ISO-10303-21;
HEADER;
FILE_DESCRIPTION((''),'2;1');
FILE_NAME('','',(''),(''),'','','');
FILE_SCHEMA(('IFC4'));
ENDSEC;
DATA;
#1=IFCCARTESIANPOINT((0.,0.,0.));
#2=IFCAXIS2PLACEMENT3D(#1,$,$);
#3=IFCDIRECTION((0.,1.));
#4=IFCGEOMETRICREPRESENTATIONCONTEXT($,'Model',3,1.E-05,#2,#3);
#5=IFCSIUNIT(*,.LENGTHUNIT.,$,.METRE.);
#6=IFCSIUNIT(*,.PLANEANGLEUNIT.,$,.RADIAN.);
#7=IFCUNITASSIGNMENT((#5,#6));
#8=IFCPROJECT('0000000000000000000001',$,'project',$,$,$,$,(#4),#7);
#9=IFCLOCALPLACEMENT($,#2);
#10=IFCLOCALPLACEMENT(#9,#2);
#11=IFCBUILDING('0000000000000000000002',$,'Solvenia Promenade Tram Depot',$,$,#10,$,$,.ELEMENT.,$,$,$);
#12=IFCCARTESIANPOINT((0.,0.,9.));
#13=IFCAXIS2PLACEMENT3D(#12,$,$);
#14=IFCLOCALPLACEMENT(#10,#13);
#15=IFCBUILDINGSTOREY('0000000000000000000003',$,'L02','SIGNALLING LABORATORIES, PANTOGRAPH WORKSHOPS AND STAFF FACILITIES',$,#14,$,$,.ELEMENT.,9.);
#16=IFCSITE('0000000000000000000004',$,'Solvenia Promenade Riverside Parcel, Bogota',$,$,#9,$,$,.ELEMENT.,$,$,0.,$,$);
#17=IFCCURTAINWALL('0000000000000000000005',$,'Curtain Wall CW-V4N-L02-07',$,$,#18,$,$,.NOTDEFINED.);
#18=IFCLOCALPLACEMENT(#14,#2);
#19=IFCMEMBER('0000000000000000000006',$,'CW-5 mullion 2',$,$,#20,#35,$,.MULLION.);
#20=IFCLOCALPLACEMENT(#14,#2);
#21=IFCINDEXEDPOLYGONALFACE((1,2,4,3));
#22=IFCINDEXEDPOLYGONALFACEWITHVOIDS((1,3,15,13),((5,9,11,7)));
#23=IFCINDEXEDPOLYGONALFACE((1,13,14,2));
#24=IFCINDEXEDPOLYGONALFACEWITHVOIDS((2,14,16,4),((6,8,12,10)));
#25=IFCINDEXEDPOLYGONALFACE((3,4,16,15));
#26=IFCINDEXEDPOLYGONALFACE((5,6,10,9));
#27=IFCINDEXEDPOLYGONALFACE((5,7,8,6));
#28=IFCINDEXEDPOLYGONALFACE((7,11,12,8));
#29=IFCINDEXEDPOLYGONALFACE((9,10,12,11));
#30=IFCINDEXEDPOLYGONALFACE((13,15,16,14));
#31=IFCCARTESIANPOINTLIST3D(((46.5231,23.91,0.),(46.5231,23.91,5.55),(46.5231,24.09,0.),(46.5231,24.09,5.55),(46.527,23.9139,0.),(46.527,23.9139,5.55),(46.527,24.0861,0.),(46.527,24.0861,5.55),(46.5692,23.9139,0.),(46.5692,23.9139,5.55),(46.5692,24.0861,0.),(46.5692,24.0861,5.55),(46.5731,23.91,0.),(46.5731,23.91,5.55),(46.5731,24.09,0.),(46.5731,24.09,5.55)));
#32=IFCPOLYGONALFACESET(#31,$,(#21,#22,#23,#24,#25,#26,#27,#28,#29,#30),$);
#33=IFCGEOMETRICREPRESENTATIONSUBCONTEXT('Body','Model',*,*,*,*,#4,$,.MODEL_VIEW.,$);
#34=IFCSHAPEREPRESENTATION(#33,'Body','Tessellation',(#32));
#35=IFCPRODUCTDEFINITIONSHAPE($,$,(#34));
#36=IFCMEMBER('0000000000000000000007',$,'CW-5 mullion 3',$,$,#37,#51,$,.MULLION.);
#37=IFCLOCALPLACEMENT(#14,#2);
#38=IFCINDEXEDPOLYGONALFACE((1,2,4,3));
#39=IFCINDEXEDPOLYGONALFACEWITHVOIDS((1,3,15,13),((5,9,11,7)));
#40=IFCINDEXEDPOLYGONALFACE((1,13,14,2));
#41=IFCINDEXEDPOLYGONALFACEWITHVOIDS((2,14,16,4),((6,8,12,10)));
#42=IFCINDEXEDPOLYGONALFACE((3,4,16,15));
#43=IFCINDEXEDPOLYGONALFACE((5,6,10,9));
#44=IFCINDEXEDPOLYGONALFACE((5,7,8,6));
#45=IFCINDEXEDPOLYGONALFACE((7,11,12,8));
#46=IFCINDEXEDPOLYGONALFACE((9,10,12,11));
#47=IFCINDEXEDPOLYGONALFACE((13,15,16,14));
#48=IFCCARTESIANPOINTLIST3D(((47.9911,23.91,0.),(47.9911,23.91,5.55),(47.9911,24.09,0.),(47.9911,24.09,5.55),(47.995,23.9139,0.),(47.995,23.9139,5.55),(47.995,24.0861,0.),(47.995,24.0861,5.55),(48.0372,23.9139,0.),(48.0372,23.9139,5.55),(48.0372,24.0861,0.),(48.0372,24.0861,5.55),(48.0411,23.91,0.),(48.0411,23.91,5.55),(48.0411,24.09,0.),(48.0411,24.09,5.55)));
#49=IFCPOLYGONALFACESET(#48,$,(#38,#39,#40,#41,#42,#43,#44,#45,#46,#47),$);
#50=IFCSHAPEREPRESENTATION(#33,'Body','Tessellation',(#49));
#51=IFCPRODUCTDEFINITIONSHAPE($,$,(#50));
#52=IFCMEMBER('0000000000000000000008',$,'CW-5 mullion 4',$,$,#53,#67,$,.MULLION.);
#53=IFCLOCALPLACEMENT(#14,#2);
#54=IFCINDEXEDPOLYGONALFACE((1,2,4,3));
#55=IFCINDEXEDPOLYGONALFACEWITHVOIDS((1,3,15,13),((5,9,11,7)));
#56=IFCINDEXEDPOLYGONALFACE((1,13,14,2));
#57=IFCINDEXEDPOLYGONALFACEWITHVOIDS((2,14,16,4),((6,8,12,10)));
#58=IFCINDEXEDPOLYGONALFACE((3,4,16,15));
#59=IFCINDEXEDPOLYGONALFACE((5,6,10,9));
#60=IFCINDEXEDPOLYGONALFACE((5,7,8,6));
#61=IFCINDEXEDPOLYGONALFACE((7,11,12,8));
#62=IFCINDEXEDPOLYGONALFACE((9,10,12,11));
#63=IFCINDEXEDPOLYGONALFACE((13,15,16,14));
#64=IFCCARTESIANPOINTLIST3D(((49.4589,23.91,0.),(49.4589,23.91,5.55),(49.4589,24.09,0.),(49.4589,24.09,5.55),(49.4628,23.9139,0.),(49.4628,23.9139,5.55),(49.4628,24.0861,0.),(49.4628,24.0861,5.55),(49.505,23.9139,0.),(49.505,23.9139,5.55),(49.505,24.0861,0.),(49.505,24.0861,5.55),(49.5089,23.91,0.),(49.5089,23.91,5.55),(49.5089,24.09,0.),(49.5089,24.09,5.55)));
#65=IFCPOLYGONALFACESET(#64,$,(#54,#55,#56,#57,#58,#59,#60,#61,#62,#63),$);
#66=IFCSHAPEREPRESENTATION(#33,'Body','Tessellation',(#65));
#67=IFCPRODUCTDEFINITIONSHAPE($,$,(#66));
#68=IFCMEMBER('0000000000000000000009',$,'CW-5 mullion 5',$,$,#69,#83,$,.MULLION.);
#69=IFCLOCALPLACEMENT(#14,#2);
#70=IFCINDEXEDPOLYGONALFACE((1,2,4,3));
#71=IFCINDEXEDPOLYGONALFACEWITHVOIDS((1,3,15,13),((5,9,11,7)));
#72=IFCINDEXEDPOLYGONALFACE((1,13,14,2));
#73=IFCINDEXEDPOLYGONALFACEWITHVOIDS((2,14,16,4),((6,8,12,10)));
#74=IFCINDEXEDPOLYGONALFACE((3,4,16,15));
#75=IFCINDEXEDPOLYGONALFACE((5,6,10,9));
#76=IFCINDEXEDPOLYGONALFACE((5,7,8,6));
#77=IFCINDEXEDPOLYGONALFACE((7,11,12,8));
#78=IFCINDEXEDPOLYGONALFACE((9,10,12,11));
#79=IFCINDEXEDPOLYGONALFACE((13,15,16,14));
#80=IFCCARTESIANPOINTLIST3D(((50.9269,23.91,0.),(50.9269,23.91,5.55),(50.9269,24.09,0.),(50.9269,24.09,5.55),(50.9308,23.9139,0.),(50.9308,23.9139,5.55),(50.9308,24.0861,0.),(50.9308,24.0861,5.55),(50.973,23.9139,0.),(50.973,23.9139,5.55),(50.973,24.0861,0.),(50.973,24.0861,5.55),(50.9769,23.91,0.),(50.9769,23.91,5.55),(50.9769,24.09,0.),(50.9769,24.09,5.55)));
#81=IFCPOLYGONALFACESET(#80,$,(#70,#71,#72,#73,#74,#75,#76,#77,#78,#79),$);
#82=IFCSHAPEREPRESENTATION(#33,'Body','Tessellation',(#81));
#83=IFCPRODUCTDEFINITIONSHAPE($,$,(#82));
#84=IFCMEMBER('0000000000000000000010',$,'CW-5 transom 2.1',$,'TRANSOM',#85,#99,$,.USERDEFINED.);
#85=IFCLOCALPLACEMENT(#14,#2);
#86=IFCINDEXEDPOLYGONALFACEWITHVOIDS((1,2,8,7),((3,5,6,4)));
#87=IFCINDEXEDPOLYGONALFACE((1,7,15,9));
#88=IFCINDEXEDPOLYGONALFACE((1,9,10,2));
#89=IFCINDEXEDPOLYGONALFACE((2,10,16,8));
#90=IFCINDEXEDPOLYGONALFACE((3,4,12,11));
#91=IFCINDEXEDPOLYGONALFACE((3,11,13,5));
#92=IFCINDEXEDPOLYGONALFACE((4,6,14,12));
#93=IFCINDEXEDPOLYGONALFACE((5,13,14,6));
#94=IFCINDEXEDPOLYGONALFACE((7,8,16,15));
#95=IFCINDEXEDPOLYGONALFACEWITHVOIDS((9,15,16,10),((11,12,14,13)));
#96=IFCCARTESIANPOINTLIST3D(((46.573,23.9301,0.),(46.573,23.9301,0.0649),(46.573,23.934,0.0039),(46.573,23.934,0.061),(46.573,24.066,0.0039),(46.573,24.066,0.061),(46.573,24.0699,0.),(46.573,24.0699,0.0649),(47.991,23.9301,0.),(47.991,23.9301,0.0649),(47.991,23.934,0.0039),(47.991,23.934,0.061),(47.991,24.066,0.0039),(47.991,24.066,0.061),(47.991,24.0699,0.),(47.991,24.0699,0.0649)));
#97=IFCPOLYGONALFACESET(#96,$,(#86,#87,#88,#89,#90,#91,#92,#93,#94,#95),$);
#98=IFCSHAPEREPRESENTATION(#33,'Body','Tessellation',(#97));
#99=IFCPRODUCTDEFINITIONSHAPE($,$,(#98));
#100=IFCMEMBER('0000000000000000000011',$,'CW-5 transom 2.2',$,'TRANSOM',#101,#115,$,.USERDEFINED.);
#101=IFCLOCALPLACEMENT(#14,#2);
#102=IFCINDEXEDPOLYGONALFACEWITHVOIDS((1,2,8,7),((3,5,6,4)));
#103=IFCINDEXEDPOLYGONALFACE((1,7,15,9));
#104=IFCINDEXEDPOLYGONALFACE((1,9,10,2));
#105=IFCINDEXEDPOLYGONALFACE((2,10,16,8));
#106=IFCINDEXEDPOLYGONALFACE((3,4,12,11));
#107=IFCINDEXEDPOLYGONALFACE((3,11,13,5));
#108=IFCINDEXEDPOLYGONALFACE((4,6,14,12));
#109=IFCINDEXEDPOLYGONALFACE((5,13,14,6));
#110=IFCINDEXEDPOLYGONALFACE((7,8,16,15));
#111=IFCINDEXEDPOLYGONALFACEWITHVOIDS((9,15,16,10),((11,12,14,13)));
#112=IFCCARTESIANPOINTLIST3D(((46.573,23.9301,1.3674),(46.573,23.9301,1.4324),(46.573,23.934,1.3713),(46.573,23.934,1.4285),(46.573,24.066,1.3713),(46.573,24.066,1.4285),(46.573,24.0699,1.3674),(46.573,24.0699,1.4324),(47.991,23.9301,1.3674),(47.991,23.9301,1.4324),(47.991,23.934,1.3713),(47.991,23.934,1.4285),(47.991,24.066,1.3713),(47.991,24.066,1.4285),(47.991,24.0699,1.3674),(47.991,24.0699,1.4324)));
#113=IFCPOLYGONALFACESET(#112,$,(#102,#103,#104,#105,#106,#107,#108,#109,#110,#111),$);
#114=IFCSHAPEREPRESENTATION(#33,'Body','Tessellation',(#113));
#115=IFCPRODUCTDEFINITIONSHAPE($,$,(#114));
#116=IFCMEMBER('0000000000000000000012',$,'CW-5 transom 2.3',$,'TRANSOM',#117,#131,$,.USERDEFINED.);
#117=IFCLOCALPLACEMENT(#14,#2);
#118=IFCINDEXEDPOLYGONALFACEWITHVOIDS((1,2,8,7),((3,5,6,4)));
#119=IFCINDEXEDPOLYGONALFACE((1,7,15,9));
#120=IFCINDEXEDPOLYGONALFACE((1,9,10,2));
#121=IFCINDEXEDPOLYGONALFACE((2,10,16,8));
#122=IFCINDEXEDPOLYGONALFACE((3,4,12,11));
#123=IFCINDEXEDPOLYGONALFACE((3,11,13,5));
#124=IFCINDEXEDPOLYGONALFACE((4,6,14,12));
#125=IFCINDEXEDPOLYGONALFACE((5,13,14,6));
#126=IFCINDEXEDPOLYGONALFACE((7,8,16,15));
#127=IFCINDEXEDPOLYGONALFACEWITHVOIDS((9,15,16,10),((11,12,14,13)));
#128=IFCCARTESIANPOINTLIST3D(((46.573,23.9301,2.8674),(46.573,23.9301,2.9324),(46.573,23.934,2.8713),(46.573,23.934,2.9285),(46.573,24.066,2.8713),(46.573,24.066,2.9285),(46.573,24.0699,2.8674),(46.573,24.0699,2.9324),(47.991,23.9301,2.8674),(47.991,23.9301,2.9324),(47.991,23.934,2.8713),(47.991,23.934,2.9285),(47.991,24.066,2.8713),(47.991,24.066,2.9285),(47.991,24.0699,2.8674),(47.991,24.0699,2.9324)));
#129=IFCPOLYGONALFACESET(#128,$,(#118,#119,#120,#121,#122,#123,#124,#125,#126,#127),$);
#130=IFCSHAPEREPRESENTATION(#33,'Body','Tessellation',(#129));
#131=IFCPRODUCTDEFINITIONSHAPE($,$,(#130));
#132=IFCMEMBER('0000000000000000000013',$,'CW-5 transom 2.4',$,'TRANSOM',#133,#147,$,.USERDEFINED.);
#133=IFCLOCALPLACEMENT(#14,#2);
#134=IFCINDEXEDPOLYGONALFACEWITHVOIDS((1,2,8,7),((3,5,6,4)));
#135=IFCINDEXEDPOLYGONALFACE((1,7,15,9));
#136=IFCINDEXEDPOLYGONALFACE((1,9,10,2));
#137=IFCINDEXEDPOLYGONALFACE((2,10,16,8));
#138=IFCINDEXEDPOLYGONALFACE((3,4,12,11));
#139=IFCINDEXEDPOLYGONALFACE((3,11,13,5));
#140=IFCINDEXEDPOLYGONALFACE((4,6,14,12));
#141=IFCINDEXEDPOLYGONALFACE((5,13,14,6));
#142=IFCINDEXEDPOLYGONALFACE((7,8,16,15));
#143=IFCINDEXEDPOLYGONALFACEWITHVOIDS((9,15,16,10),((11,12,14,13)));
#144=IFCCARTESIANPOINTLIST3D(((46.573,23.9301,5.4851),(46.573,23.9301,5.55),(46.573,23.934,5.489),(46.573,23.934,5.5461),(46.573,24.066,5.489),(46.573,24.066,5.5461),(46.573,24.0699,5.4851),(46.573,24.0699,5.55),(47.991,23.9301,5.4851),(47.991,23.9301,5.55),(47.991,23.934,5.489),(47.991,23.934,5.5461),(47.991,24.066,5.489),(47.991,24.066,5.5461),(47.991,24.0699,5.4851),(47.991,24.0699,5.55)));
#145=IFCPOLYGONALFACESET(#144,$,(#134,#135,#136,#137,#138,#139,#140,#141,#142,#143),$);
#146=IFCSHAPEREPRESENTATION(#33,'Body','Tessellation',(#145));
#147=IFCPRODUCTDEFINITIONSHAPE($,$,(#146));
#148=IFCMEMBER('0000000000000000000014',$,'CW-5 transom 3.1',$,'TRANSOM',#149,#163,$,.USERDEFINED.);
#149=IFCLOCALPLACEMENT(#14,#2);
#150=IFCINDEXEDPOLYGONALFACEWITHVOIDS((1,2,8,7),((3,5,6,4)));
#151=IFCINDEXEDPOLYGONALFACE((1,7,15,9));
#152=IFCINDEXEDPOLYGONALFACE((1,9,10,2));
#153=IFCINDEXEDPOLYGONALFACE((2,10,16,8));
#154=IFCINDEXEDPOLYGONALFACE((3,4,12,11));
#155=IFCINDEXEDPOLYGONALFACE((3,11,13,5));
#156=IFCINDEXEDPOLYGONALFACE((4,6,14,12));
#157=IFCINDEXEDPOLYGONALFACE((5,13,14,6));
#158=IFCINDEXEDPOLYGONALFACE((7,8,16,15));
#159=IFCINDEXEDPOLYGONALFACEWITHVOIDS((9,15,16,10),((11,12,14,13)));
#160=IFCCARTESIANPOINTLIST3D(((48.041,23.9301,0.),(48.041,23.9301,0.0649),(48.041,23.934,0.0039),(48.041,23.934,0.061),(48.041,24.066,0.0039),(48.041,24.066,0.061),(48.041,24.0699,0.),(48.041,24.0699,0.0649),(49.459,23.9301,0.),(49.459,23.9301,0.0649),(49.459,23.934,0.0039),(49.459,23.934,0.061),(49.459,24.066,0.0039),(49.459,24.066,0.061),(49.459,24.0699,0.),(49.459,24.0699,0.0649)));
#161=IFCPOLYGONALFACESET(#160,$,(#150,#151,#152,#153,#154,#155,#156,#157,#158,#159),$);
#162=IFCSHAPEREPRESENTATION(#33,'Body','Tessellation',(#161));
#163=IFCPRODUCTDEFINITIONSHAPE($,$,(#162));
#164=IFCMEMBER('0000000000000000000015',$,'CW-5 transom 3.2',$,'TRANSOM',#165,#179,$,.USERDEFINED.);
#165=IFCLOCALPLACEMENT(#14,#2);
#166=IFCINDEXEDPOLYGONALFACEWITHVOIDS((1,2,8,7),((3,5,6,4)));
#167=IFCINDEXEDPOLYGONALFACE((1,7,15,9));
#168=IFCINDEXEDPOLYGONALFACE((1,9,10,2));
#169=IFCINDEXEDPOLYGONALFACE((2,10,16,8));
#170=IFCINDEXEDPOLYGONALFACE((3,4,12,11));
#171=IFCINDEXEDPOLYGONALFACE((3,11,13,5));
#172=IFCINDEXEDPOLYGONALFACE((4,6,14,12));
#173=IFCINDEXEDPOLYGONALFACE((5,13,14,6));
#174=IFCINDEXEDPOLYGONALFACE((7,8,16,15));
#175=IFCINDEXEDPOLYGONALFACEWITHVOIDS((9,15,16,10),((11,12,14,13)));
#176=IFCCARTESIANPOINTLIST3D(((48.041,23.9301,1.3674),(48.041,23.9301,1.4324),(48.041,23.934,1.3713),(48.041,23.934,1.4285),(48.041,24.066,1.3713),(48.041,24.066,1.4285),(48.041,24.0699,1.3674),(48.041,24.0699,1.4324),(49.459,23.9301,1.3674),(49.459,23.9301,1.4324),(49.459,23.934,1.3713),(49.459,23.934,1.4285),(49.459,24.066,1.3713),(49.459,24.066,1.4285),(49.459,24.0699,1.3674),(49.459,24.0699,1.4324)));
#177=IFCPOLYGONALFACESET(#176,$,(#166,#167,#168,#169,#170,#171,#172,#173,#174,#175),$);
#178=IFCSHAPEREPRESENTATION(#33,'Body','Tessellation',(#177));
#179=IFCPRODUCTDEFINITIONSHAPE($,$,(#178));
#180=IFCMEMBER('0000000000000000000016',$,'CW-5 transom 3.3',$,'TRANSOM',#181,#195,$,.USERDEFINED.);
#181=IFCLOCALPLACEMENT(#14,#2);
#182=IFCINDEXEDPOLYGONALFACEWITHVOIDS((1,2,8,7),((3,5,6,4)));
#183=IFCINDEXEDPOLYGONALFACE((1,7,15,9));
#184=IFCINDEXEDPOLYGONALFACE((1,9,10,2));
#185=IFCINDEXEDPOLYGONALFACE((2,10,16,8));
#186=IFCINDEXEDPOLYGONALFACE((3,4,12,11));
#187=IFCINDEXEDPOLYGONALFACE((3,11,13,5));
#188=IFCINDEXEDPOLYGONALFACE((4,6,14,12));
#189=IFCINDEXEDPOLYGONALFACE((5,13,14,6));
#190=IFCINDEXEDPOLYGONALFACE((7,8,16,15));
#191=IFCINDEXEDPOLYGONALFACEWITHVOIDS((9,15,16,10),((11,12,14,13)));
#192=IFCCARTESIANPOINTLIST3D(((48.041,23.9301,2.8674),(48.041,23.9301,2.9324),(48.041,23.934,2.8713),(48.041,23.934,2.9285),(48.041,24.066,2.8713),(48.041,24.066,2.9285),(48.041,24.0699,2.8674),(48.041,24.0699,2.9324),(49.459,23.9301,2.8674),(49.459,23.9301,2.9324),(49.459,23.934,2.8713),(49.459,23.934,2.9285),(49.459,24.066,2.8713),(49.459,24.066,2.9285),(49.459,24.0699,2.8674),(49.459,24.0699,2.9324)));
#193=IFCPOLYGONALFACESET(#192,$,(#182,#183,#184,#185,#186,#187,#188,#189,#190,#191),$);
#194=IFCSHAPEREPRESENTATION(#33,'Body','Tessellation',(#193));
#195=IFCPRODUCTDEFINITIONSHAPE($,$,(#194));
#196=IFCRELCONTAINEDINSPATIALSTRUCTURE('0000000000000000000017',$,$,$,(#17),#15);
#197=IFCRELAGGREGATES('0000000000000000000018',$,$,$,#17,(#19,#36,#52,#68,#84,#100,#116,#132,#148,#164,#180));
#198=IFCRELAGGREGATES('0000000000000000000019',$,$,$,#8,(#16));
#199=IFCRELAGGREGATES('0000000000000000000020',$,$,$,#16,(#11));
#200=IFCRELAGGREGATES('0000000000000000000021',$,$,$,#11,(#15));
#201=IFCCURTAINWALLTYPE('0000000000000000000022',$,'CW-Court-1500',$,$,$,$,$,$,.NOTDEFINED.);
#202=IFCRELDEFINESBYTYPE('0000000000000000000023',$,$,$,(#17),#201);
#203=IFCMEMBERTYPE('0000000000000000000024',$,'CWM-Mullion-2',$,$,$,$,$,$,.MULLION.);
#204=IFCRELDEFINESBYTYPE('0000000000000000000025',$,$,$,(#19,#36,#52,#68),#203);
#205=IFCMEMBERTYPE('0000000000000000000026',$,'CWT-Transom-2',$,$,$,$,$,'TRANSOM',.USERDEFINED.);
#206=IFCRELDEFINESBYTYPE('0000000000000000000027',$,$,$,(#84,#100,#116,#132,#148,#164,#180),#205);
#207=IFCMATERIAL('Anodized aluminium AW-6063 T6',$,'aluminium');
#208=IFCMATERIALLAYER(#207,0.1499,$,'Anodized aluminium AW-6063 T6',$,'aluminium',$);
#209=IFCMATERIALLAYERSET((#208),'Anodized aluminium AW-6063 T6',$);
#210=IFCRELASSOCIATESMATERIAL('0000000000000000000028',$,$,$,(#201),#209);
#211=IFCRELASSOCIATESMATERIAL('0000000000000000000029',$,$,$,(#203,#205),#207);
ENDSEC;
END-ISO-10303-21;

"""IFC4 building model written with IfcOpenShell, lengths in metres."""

from ifc_helpers import new_model, si_unit, direction, frame, origin, origin_2d, place, context, subcontext, project, spatial, hollow_rectangle, extrude, material, layer, layer_set, material_profile, profile_set, type_object, element, aggregate, save


model = new_model("IFC4")

# Units and contexts
model_context = context("Model", 3, precision=1e-05, world=origin(), true_north=direction((0.0, 1.0)))
body_context = subcontext(model_context, "Body", "Model", "MODEL_VIEW")
ifc_project = project(units=[si_unit("LENGTHUNIT", "METRE"), si_unit("PLANEANGLEUNIT", "RADIAN")], contexts=[model_context])

# Site, building, storey
site_placement = place(None, origin())
site = spatial("IfcSite", under=ifc_project, at=site_placement, Name="Solvenia Promenade Riverside Parcel, Bogota", CompositionType="ELEMENT", RefElevation=0.0)
building_placement = place(site_placement, origin())
building = spatial("IfcBuilding", under=site, at=building_placement, Name="Solvenia Promenade Tram Depot", CompositionType="ELEMENT")
storey_placement = place(building_placement, frame((0.0, 0.0, 9.0)))
storey = spatial("IfcBuildingStorey", under=building, at=storey_placement, Name="L02", Description="SIGNALLING LABORATORIES, PANTOGRAPH WORKSHOPS AND STAFF FACILITIES", CompositionType="ELEMENT", Elevation=9.0)

# Curtain wall, members
ifc_material_1 = material(Name="Anodized aluminium AW-6063 T6", Category="aluminium")
ifc_layer_1 = layer(ifc_material_1, 0.1499, Name="Anodized aluminium AW-6063 T6", Category="aluminium")
ifc_layer_set_1 = layer_set([ifc_layer_1], Name="Anodized aluminium AW-6063 T6")
curtain_wall_type = type_object("IfcCurtainWallType", Name="CW-Court-1500", PredefinedType="NOTDEFINED", material=ifc_layer_set_1)
curtain_wall_placement = place(storey_placement, origin())
curtain_wall = element("IfcCurtainWall", 1, at=curtain_wall_placement, inside=storey, type_object=curtain_wall_type, Name="Curtain Wall CW-V4N-L02-07", PredefinedType="NOTDEFINED")
ifc_material_profile_1 = material_profile(ifc_material_1, hollow_rectangle(XDim=0.1799, YDim=0.05, WallThickness=0.0039, at=origin_2d()), Name="ALU-M2", Category="aluminium")
ifc_profile_set_1 = profile_set([ifc_material_profile_1], Name="Anodized aluminium AW-6063 T6")
member_type_1 = type_object("IfcMemberType", Name="CWM-Mullion-2", PredefinedType="MULLION", material=ifc_profile_set_1)
member_1_placement = place(storey_placement, frame((46.5481, 24.0, 0.0), z_axis=(0.0, 0.0, 1.0), x_axis=(0.0, 1.0, 0.0)))
member_1 = element("IfcMember", 2, at=member_1_placement, type_object=member_type_1, Name="CW-5 mullion 2", PredefinedType="MULLION", context=body_context, shape_type="SweptSolid", body=[
    extrude(hollow_rectangle(XDim=0.1799, YDim=0.05, WallThickness=0.0039, at=origin_2d()), origin(), (0.0, 0.0, 1.0), 5.55),
])
member_2_placement = place(storey_placement, frame((48.0161, 24.0, 0.0), z_axis=(0.0, 0.0, 1.0), x_axis=(0.0, 1.0, 0.0)))
member_2 = element("IfcMember", 3, at=member_2_placement, type_object=member_type_1, Name="CW-5 mullion 3", PredefinedType="MULLION", context=body_context, shape_type="SweptSolid", body=[
    extrude(hollow_rectangle(XDim=0.1799, YDim=0.05, WallThickness=0.0039, at=origin_2d()), origin(), (0.0, 0.0, 1.0), 5.55),
])
member_3_placement = place(storey_placement, frame((49.4839, 24.0, 0.0), z_axis=(0.0, 0.0, 1.0), x_axis=(0.0, 1.0, 0.0)))
member_3 = element("IfcMember", 4, at=member_3_placement, type_object=member_type_1, Name="CW-5 mullion 4", PredefinedType="MULLION", context=body_context, shape_type="SweptSolid", body=[
    extrude(hollow_rectangle(XDim=0.1799, YDim=0.05, WallThickness=0.0039, at=origin_2d()), origin(), (0.0, 0.0, 1.0), 5.55),
])
member_4_placement = place(storey_placement, frame((50.9519, 24.0, 0.0), z_axis=(0.0, 0.0, 1.0), x_axis=(0.0, 1.0, 0.0)))
member_4 = element("IfcMember", 5, at=member_4_placement, type_object=member_type_1, Name="CW-5 mullion 5", PredefinedType="MULLION", context=body_context, shape_type="SweptSolid", body=[
    extrude(hollow_rectangle(XDim=0.1799, YDim=0.05, WallThickness=0.0039, at=origin_2d()), origin(), (0.0, 0.0, 1.0), 5.55),
])
ifc_material_profile_2 = material_profile(ifc_material_1, hollow_rectangle(XDim=0.1399, YDim=0.0649, WallThickness=0.0039, at=origin_2d()), Name="ALU-T2", Category="aluminium")
ifc_profile_set_2 = profile_set([ifc_material_profile_2], Name="Anodized aluminium AW-6063 T6")
member_type_2 = type_object("IfcMemberType", Name="CWT-Transom-2", ElementType="TRANSOM", PredefinedType="USERDEFINED", material=ifc_profile_set_2)
member_5_placement = place(storey_placement, frame((46.573, 24.0, 0.0325), z_axis=(1.0, 0.0, 0.0), x_axis=(0.0, 1.0, 0.0)))
member_5 = element("IfcMember", 6, at=member_5_placement, type_object=member_type_2, Name="CW-5 transom 2.1", ObjectType="TRANSOM", PredefinedType="USERDEFINED", context=body_context, shape_type="SweptSolid", body=[
    extrude(hollow_rectangle(XDim=0.1399, YDim=0.0649, WallThickness=0.0039, at=origin_2d()), origin(), (0.0, 0.0, 1.0), 1.418),
])
member_6_placement = place(storey_placement, frame((46.573, 24.0, 1.3999), z_axis=(1.0, 0.0, 0.0), x_axis=(0.0, 1.0, 0.0)))
member_6 = element("IfcMember", 7, at=member_6_placement, type_object=member_type_2, Name="CW-5 transom 2.2", ObjectType="TRANSOM", PredefinedType="USERDEFINED", context=body_context, shape_type="SweptSolid", body=[
    extrude(hollow_rectangle(XDim=0.1399, YDim=0.0649, WallThickness=0.0039, at=origin_2d()), origin(), (0.0, 0.0, 1.0), 1.418),
])
member_7_placement = place(storey_placement, frame((46.573, 24.0, 2.8999), z_axis=(1.0, 0.0, 0.0), x_axis=(0.0, 1.0, 0.0)))
member_7 = element("IfcMember", 8, at=member_7_placement, type_object=member_type_2, Name="CW-5 transom 2.3", ObjectType="TRANSOM", PredefinedType="USERDEFINED", context=body_context, shape_type="SweptSolid", body=[
    extrude(hollow_rectangle(XDim=0.1399, YDim=0.0649, WallThickness=0.0039, at=origin_2d()), origin(), (0.0, 0.0, 1.0), 1.418),
])
member_8_placement = place(storey_placement, frame((46.573, 24.0, 5.5176), z_axis=(1.0, 0.0, 0.0), x_axis=(0.0, 1.0, 0.0)))
member_8 = element("IfcMember", 9, at=member_8_placement, type_object=member_type_2, Name="CW-5 transom 2.4", ObjectType="TRANSOM", PredefinedType="USERDEFINED", context=body_context, shape_type="SweptSolid", body=[
    extrude(hollow_rectangle(XDim=0.1399, YDim=0.0649, WallThickness=0.0039, at=origin_2d()), origin(), (0.0, 0.0, 1.0), 1.418),
])
member_9_placement = place(storey_placement, frame((48.041, 24.0, 0.0325), z_axis=(1.0, 0.0, 0.0), x_axis=(0.0, 1.0, 0.0)))
member_9 = element("IfcMember", 10, at=member_9_placement, type_object=member_type_2, Name="CW-5 transom 3.1", ObjectType="TRANSOM", PredefinedType="USERDEFINED", context=body_context, shape_type="SweptSolid", body=[
    extrude(hollow_rectangle(XDim=0.1399, YDim=0.0649, WallThickness=0.0039, at=origin_2d()), origin(), (0.0, 0.0, 1.0), 1.418),
])
member_10_placement = place(storey_placement, frame((48.041, 24.0, 1.3999), z_axis=(1.0, 0.0, 0.0), x_axis=(0.0, 1.0, 0.0)))
member_10 = element("IfcMember", 11, at=member_10_placement, type_object=member_type_2, Name="CW-5 transom 3.2", ObjectType="TRANSOM", PredefinedType="USERDEFINED", context=body_context, shape_type="SweptSolid", body=[
    extrude(hollow_rectangle(XDim=0.1399, YDim=0.0649, WallThickness=0.0039, at=origin_2d()), origin(), (0.0, 0.0, 1.0), 1.418),
])
member_11_placement = place(storey_placement, frame((48.041, 24.0, 2.8999), z_axis=(1.0, 0.0, 0.0), x_axis=(0.0, 1.0, 0.0)))
member_11 = element("IfcMember", 12, at=member_11_placement, type_object=member_type_2, Name="CW-5 transom 3.3", ObjectType="TRANSOM", PredefinedType="USERDEFINED", context=body_context, shape_type="SweptSolid", body=[
    extrude(hollow_rectangle(XDim=0.1399, YDim=0.0649, WallThickness=0.0039, at=origin_2d()), origin(), (0.0, 0.0, 1.0), 1.418),
])

aggregate(curtain_wall, [member_1, member_2, member_3, member_4, member_5, member_6, member_7, member_8, member_9, member_10, member_11])

save(model, "model.ifc")
